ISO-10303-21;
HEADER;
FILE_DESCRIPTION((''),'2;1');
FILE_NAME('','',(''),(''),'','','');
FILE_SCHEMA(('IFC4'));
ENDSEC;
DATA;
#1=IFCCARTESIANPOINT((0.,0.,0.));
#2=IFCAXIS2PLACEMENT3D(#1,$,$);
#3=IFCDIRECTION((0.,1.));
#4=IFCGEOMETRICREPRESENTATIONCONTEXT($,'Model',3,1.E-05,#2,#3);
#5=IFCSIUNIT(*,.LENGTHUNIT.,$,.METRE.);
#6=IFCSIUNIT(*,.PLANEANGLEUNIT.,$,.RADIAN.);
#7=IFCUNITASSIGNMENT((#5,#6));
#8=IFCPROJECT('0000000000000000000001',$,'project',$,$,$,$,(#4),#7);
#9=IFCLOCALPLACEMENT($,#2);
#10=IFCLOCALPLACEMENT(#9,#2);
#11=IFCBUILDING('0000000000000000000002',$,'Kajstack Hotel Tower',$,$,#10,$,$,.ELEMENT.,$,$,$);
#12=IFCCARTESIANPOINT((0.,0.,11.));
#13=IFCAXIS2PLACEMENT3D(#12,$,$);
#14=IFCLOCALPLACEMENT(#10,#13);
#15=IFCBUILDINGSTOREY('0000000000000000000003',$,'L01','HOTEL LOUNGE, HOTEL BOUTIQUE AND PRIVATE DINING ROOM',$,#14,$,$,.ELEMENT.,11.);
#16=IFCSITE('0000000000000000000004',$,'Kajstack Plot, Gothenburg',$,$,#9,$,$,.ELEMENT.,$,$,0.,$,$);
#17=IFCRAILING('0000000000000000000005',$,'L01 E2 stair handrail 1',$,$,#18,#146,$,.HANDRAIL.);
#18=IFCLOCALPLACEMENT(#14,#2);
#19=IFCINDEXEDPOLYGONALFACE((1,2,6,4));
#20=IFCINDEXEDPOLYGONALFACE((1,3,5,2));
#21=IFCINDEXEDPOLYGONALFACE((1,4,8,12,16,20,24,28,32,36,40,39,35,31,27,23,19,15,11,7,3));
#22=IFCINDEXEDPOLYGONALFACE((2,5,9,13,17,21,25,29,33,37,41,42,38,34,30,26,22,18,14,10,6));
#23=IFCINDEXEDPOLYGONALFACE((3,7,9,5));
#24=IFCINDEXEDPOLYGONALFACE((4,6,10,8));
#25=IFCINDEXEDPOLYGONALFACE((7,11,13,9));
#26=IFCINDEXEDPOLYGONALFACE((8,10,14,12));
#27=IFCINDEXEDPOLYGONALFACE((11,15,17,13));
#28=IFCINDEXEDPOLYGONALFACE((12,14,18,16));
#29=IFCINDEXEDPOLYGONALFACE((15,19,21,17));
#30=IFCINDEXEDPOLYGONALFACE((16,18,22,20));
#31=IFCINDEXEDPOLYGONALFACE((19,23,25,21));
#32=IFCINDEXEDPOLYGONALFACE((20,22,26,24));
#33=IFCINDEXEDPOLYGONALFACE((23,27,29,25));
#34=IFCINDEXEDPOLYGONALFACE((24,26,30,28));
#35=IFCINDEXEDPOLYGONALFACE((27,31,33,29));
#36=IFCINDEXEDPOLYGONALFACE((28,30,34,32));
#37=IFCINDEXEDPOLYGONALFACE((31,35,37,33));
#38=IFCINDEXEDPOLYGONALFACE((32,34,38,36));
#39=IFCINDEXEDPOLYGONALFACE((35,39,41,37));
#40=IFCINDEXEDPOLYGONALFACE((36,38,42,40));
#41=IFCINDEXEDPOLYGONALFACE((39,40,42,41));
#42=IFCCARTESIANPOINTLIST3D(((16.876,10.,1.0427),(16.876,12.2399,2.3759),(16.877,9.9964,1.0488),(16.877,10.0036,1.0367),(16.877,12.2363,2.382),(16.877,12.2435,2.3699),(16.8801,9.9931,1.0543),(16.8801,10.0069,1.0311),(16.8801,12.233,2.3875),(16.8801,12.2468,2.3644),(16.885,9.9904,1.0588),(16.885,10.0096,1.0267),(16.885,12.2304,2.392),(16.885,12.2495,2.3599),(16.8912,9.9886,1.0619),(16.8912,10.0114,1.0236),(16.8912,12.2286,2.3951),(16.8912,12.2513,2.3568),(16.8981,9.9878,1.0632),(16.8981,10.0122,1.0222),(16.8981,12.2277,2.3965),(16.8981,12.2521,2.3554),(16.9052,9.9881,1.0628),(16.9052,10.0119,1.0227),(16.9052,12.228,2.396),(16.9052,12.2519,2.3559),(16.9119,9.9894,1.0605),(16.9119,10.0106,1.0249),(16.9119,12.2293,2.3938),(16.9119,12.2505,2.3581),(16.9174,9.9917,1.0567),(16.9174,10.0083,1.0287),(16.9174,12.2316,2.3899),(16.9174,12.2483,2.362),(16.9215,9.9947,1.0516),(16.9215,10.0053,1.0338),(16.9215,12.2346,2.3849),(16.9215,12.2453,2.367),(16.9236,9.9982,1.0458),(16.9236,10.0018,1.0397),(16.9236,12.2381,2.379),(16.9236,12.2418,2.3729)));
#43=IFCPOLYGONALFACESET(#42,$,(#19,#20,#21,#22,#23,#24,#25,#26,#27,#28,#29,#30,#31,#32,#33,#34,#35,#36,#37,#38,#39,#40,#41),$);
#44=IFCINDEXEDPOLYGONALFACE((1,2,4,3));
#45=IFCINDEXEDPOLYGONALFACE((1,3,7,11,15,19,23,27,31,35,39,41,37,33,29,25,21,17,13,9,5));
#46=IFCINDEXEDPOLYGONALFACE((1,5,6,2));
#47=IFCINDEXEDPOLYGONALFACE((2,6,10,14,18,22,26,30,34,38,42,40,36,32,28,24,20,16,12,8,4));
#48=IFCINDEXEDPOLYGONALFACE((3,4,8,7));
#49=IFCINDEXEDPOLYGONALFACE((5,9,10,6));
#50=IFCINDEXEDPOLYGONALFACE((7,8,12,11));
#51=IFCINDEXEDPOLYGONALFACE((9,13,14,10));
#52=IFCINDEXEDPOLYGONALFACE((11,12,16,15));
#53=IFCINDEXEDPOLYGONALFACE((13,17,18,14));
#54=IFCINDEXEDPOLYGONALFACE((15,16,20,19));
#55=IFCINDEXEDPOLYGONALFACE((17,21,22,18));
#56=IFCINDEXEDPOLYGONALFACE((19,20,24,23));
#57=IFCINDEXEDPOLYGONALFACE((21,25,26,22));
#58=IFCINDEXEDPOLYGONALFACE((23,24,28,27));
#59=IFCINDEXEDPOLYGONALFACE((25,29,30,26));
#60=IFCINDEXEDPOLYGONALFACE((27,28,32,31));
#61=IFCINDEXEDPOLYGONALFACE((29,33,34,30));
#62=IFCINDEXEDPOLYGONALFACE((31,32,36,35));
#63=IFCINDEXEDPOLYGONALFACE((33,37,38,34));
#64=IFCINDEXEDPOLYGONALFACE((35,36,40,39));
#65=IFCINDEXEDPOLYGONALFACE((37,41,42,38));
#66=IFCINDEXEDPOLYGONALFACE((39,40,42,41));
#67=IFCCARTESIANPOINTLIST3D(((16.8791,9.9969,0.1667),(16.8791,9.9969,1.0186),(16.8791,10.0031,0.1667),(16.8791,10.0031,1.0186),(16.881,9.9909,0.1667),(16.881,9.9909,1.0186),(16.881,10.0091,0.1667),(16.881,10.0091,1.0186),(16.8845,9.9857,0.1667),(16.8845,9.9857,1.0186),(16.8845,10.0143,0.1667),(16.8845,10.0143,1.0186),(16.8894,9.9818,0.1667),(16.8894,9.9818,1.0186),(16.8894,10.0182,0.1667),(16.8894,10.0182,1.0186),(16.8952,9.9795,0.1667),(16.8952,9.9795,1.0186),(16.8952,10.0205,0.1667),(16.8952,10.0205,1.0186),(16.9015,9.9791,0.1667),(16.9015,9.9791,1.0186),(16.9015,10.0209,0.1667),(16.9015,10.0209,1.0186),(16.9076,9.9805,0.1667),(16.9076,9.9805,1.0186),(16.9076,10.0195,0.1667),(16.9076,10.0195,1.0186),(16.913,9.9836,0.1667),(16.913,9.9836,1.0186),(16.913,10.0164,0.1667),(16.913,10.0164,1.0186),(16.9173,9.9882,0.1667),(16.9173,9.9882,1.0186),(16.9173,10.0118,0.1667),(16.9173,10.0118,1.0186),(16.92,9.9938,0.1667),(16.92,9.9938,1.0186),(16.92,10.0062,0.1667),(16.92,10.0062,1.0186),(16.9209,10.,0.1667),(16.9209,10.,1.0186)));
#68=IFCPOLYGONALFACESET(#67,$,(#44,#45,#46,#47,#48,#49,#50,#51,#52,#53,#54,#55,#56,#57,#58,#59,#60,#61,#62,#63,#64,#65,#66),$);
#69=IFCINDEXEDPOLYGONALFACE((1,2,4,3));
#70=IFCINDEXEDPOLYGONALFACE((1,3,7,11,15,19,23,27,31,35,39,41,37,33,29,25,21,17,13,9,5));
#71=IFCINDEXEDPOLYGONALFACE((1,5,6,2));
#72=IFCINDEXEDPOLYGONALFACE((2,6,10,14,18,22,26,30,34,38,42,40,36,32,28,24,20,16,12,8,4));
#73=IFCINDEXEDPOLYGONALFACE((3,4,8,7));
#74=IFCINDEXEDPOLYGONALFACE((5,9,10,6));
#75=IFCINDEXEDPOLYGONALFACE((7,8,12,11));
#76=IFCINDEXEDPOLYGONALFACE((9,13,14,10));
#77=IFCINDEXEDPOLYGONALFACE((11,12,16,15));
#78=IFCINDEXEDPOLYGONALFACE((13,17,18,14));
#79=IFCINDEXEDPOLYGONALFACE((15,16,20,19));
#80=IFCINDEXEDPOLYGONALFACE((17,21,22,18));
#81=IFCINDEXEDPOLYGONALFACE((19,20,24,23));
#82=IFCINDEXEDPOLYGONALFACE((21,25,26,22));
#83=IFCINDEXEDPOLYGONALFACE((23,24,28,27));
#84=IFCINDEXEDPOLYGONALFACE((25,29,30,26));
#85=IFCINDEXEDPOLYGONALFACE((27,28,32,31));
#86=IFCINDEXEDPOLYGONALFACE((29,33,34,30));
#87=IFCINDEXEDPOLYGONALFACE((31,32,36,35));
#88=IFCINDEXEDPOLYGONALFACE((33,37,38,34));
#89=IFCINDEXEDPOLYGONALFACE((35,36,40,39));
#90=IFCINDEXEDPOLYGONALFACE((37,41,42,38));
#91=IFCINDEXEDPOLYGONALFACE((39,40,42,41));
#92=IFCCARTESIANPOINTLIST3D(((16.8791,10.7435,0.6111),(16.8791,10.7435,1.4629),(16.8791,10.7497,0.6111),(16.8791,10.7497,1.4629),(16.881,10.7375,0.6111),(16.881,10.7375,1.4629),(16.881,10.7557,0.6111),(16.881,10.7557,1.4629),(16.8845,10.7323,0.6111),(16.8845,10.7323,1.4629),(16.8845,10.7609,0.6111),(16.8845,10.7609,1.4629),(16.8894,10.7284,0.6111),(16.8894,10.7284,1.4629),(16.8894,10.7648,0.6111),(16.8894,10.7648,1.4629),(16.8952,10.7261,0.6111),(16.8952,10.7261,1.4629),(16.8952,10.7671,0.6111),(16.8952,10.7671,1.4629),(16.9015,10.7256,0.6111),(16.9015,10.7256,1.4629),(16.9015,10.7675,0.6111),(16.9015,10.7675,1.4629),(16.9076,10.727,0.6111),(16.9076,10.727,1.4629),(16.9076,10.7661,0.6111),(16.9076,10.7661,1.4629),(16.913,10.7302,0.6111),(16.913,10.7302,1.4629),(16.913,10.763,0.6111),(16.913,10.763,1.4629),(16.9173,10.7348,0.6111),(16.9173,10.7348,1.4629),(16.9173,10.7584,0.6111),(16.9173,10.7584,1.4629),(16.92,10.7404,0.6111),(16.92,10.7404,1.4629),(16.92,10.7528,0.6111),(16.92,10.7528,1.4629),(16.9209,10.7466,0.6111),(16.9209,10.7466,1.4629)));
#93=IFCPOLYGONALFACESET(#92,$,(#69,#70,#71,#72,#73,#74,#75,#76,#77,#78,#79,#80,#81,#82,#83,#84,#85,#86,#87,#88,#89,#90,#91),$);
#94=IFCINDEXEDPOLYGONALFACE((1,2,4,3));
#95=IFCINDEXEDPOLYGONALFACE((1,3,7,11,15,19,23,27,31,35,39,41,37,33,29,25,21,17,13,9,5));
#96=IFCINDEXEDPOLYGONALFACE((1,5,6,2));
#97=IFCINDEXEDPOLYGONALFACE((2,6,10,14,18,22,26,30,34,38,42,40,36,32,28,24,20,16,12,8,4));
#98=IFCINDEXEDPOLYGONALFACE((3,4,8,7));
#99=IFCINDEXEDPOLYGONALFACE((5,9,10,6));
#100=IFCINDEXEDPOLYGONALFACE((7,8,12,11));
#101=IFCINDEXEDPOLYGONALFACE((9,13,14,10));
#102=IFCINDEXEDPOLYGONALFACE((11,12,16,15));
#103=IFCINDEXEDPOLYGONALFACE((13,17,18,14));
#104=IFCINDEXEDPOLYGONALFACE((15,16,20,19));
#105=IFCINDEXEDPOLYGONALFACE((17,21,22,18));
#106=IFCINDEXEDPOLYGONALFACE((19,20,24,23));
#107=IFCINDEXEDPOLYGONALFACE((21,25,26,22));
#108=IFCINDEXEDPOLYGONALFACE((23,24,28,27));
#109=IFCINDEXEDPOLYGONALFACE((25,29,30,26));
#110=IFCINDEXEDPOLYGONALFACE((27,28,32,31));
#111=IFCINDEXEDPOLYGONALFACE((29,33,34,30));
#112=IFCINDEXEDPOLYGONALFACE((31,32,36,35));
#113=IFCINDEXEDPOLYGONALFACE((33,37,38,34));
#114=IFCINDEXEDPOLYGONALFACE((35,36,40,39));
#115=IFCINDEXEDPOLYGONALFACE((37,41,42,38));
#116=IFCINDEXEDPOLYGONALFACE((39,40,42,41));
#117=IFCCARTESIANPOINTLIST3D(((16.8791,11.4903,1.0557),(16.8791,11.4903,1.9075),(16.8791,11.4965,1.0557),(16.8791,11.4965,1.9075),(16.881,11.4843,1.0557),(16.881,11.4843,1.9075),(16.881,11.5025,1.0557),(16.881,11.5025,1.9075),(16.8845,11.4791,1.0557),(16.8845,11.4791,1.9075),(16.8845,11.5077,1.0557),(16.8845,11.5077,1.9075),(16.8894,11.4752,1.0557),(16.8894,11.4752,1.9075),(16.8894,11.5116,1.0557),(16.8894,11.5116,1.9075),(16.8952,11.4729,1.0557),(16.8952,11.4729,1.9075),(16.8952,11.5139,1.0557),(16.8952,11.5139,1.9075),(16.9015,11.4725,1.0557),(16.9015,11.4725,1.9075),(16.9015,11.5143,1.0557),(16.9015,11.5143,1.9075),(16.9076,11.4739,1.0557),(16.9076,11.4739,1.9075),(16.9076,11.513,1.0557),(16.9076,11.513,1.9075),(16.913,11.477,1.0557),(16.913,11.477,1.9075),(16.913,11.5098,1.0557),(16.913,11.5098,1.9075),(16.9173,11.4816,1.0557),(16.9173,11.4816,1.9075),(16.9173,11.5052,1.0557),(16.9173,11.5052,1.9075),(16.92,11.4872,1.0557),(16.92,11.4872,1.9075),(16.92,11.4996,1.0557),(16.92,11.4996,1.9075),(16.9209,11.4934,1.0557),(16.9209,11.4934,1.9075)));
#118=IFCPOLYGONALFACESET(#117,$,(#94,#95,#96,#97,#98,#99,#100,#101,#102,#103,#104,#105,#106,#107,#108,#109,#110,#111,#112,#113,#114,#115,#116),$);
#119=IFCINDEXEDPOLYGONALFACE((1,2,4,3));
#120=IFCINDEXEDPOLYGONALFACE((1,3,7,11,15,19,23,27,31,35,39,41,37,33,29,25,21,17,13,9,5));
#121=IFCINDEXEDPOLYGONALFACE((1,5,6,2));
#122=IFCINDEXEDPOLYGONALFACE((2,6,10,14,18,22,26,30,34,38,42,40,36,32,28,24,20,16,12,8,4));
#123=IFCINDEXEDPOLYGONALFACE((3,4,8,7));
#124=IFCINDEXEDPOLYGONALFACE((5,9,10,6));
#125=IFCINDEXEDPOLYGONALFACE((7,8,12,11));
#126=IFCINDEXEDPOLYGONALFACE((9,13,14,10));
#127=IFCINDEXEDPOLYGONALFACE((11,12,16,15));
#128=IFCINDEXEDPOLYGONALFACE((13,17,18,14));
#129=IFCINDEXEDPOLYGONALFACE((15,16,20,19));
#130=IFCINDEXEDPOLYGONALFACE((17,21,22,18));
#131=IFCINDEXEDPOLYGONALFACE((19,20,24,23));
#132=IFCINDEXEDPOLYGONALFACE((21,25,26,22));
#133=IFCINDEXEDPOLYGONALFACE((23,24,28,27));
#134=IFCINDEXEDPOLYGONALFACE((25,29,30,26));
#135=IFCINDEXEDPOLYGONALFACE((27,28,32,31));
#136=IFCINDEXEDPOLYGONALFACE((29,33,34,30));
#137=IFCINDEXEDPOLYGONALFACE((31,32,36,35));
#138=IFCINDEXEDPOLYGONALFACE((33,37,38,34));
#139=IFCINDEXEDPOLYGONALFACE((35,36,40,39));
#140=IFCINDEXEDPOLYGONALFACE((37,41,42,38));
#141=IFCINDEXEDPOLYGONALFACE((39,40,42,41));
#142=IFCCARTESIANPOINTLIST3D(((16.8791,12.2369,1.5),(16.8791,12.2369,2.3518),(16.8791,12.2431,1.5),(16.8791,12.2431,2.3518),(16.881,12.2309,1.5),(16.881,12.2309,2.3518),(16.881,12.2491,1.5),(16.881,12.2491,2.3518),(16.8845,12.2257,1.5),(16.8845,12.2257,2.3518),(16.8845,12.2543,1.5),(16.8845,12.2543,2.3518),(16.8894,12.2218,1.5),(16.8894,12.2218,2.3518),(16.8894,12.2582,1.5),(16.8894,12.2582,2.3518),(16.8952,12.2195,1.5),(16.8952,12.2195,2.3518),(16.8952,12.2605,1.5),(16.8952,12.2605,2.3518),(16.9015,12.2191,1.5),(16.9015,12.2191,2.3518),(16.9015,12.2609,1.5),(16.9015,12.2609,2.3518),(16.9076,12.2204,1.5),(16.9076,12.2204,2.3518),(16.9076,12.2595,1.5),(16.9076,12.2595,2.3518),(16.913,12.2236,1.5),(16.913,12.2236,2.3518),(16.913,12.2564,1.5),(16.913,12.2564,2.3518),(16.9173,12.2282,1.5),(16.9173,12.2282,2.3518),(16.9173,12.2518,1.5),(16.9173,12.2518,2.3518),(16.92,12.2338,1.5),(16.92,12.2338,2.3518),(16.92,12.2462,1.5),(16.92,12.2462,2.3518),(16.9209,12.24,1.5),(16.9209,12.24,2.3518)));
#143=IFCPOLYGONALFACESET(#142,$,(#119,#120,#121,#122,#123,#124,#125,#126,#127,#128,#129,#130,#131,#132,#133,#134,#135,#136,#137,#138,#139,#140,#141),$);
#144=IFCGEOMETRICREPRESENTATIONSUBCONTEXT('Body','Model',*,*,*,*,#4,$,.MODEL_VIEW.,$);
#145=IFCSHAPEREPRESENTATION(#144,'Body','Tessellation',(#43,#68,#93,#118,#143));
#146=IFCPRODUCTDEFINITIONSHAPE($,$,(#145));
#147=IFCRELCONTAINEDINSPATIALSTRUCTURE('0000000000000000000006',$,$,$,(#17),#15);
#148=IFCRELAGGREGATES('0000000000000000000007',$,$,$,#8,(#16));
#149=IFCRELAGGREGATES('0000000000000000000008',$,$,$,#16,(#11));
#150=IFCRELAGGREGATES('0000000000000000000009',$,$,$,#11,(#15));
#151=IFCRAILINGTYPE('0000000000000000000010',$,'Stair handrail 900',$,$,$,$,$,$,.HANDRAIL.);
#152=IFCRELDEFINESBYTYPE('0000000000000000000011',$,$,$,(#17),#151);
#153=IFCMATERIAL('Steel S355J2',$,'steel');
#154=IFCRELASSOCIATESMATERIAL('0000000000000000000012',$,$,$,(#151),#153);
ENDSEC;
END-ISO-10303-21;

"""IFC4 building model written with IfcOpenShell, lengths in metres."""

from ifc_helpers import new_model, si_unit, direction, frame, origin, origin_2d, place, context, subcontext, project, spatial, circle, extrude, material, type_object, element, save


model = new_model("IFC4")

# Units and contexts
model_context = context("Model", 3, precision=1e-05, world=origin(), true_north=direction((0.0, 1.0)))
body_context = subcontext(model_context, "Body", "Model", "MODEL_VIEW")
ifc_project = project(units=[si_unit("LENGTHUNIT", "METRE"), si_unit("PLANEANGLEUNIT", "RADIAN")], contexts=[model_context])

# Site, building, storey
site_placement = place(None, origin())
site = spatial("IfcSite", under=ifc_project, at=site_placement, Name="Kajstack Plot, Gothenburg", CompositionType="ELEMENT", RefElevation=0.0)
building_placement = place(site_placement, origin())
building = spatial("IfcBuilding", under=site, at=building_placement, Name="Kajstack Hotel Tower", CompositionType="ELEMENT")
storey_placement = place(building_placement, frame((0.0, 0.0, 11.0)))
storey = spatial("IfcBuildingStorey", under=building, at=storey_placement, Name="L01", Description="HOTEL LOUNGE, HOTEL BOUTIQUE AND PRIVATE DINING ROOM", CompositionType="ELEMENT", Elevation=11.0)

# Railing
ifc_material_1 = material(Name="Steel S355J2", Category="steel")
railing_type = type_object("IfcRailingType", Name="Stair handrail 900", PredefinedType="HANDRAIL", material=ifc_material_1)
railing_1_placement = place(storey_placement, frame((16.8999, 10.0, 0.1667)))
element("IfcRailing", 1, at=railing_1_placement, inside=storey, type_object=railing_type, Name="L01 E2 stair handrail 1", PredefinedType="HANDRAIL", context=body_context, shape_type="SweptSolid", body=[
    extrude(circle(Radius=0.0239, at=origin_2d()), frame((0.0, 0.0, 0.876), z_axis=(0.0, 0.859306, 0.511462), x_axis=(-1.0, 0.0, 0.0)), (0.0, 0.0, 1.0), 2.6067),
    extrude(circle(Radius=0.021, at=origin_2d()), origin(), (0.0, 0.0, 1.0), 0.8518),
    extrude(circle(Radius=0.021, at=origin_2d()), frame((0.0, 0.7466, 0.4443)), (0.0, 0.0, 1.0), 0.8518),
    extrude(circle(Radius=0.021, at=origin_2d()), frame((0.0, 1.4934, 0.8889)), (0.0, 0.0, 1.0), 0.8518),
    extrude(circle(Radius=0.021, at=origin_2d()), frame((0.0, 2.24, 1.3333)), (0.0, 0.0, 1.0), 0.8518),
])

save(model, "model.ifc")
